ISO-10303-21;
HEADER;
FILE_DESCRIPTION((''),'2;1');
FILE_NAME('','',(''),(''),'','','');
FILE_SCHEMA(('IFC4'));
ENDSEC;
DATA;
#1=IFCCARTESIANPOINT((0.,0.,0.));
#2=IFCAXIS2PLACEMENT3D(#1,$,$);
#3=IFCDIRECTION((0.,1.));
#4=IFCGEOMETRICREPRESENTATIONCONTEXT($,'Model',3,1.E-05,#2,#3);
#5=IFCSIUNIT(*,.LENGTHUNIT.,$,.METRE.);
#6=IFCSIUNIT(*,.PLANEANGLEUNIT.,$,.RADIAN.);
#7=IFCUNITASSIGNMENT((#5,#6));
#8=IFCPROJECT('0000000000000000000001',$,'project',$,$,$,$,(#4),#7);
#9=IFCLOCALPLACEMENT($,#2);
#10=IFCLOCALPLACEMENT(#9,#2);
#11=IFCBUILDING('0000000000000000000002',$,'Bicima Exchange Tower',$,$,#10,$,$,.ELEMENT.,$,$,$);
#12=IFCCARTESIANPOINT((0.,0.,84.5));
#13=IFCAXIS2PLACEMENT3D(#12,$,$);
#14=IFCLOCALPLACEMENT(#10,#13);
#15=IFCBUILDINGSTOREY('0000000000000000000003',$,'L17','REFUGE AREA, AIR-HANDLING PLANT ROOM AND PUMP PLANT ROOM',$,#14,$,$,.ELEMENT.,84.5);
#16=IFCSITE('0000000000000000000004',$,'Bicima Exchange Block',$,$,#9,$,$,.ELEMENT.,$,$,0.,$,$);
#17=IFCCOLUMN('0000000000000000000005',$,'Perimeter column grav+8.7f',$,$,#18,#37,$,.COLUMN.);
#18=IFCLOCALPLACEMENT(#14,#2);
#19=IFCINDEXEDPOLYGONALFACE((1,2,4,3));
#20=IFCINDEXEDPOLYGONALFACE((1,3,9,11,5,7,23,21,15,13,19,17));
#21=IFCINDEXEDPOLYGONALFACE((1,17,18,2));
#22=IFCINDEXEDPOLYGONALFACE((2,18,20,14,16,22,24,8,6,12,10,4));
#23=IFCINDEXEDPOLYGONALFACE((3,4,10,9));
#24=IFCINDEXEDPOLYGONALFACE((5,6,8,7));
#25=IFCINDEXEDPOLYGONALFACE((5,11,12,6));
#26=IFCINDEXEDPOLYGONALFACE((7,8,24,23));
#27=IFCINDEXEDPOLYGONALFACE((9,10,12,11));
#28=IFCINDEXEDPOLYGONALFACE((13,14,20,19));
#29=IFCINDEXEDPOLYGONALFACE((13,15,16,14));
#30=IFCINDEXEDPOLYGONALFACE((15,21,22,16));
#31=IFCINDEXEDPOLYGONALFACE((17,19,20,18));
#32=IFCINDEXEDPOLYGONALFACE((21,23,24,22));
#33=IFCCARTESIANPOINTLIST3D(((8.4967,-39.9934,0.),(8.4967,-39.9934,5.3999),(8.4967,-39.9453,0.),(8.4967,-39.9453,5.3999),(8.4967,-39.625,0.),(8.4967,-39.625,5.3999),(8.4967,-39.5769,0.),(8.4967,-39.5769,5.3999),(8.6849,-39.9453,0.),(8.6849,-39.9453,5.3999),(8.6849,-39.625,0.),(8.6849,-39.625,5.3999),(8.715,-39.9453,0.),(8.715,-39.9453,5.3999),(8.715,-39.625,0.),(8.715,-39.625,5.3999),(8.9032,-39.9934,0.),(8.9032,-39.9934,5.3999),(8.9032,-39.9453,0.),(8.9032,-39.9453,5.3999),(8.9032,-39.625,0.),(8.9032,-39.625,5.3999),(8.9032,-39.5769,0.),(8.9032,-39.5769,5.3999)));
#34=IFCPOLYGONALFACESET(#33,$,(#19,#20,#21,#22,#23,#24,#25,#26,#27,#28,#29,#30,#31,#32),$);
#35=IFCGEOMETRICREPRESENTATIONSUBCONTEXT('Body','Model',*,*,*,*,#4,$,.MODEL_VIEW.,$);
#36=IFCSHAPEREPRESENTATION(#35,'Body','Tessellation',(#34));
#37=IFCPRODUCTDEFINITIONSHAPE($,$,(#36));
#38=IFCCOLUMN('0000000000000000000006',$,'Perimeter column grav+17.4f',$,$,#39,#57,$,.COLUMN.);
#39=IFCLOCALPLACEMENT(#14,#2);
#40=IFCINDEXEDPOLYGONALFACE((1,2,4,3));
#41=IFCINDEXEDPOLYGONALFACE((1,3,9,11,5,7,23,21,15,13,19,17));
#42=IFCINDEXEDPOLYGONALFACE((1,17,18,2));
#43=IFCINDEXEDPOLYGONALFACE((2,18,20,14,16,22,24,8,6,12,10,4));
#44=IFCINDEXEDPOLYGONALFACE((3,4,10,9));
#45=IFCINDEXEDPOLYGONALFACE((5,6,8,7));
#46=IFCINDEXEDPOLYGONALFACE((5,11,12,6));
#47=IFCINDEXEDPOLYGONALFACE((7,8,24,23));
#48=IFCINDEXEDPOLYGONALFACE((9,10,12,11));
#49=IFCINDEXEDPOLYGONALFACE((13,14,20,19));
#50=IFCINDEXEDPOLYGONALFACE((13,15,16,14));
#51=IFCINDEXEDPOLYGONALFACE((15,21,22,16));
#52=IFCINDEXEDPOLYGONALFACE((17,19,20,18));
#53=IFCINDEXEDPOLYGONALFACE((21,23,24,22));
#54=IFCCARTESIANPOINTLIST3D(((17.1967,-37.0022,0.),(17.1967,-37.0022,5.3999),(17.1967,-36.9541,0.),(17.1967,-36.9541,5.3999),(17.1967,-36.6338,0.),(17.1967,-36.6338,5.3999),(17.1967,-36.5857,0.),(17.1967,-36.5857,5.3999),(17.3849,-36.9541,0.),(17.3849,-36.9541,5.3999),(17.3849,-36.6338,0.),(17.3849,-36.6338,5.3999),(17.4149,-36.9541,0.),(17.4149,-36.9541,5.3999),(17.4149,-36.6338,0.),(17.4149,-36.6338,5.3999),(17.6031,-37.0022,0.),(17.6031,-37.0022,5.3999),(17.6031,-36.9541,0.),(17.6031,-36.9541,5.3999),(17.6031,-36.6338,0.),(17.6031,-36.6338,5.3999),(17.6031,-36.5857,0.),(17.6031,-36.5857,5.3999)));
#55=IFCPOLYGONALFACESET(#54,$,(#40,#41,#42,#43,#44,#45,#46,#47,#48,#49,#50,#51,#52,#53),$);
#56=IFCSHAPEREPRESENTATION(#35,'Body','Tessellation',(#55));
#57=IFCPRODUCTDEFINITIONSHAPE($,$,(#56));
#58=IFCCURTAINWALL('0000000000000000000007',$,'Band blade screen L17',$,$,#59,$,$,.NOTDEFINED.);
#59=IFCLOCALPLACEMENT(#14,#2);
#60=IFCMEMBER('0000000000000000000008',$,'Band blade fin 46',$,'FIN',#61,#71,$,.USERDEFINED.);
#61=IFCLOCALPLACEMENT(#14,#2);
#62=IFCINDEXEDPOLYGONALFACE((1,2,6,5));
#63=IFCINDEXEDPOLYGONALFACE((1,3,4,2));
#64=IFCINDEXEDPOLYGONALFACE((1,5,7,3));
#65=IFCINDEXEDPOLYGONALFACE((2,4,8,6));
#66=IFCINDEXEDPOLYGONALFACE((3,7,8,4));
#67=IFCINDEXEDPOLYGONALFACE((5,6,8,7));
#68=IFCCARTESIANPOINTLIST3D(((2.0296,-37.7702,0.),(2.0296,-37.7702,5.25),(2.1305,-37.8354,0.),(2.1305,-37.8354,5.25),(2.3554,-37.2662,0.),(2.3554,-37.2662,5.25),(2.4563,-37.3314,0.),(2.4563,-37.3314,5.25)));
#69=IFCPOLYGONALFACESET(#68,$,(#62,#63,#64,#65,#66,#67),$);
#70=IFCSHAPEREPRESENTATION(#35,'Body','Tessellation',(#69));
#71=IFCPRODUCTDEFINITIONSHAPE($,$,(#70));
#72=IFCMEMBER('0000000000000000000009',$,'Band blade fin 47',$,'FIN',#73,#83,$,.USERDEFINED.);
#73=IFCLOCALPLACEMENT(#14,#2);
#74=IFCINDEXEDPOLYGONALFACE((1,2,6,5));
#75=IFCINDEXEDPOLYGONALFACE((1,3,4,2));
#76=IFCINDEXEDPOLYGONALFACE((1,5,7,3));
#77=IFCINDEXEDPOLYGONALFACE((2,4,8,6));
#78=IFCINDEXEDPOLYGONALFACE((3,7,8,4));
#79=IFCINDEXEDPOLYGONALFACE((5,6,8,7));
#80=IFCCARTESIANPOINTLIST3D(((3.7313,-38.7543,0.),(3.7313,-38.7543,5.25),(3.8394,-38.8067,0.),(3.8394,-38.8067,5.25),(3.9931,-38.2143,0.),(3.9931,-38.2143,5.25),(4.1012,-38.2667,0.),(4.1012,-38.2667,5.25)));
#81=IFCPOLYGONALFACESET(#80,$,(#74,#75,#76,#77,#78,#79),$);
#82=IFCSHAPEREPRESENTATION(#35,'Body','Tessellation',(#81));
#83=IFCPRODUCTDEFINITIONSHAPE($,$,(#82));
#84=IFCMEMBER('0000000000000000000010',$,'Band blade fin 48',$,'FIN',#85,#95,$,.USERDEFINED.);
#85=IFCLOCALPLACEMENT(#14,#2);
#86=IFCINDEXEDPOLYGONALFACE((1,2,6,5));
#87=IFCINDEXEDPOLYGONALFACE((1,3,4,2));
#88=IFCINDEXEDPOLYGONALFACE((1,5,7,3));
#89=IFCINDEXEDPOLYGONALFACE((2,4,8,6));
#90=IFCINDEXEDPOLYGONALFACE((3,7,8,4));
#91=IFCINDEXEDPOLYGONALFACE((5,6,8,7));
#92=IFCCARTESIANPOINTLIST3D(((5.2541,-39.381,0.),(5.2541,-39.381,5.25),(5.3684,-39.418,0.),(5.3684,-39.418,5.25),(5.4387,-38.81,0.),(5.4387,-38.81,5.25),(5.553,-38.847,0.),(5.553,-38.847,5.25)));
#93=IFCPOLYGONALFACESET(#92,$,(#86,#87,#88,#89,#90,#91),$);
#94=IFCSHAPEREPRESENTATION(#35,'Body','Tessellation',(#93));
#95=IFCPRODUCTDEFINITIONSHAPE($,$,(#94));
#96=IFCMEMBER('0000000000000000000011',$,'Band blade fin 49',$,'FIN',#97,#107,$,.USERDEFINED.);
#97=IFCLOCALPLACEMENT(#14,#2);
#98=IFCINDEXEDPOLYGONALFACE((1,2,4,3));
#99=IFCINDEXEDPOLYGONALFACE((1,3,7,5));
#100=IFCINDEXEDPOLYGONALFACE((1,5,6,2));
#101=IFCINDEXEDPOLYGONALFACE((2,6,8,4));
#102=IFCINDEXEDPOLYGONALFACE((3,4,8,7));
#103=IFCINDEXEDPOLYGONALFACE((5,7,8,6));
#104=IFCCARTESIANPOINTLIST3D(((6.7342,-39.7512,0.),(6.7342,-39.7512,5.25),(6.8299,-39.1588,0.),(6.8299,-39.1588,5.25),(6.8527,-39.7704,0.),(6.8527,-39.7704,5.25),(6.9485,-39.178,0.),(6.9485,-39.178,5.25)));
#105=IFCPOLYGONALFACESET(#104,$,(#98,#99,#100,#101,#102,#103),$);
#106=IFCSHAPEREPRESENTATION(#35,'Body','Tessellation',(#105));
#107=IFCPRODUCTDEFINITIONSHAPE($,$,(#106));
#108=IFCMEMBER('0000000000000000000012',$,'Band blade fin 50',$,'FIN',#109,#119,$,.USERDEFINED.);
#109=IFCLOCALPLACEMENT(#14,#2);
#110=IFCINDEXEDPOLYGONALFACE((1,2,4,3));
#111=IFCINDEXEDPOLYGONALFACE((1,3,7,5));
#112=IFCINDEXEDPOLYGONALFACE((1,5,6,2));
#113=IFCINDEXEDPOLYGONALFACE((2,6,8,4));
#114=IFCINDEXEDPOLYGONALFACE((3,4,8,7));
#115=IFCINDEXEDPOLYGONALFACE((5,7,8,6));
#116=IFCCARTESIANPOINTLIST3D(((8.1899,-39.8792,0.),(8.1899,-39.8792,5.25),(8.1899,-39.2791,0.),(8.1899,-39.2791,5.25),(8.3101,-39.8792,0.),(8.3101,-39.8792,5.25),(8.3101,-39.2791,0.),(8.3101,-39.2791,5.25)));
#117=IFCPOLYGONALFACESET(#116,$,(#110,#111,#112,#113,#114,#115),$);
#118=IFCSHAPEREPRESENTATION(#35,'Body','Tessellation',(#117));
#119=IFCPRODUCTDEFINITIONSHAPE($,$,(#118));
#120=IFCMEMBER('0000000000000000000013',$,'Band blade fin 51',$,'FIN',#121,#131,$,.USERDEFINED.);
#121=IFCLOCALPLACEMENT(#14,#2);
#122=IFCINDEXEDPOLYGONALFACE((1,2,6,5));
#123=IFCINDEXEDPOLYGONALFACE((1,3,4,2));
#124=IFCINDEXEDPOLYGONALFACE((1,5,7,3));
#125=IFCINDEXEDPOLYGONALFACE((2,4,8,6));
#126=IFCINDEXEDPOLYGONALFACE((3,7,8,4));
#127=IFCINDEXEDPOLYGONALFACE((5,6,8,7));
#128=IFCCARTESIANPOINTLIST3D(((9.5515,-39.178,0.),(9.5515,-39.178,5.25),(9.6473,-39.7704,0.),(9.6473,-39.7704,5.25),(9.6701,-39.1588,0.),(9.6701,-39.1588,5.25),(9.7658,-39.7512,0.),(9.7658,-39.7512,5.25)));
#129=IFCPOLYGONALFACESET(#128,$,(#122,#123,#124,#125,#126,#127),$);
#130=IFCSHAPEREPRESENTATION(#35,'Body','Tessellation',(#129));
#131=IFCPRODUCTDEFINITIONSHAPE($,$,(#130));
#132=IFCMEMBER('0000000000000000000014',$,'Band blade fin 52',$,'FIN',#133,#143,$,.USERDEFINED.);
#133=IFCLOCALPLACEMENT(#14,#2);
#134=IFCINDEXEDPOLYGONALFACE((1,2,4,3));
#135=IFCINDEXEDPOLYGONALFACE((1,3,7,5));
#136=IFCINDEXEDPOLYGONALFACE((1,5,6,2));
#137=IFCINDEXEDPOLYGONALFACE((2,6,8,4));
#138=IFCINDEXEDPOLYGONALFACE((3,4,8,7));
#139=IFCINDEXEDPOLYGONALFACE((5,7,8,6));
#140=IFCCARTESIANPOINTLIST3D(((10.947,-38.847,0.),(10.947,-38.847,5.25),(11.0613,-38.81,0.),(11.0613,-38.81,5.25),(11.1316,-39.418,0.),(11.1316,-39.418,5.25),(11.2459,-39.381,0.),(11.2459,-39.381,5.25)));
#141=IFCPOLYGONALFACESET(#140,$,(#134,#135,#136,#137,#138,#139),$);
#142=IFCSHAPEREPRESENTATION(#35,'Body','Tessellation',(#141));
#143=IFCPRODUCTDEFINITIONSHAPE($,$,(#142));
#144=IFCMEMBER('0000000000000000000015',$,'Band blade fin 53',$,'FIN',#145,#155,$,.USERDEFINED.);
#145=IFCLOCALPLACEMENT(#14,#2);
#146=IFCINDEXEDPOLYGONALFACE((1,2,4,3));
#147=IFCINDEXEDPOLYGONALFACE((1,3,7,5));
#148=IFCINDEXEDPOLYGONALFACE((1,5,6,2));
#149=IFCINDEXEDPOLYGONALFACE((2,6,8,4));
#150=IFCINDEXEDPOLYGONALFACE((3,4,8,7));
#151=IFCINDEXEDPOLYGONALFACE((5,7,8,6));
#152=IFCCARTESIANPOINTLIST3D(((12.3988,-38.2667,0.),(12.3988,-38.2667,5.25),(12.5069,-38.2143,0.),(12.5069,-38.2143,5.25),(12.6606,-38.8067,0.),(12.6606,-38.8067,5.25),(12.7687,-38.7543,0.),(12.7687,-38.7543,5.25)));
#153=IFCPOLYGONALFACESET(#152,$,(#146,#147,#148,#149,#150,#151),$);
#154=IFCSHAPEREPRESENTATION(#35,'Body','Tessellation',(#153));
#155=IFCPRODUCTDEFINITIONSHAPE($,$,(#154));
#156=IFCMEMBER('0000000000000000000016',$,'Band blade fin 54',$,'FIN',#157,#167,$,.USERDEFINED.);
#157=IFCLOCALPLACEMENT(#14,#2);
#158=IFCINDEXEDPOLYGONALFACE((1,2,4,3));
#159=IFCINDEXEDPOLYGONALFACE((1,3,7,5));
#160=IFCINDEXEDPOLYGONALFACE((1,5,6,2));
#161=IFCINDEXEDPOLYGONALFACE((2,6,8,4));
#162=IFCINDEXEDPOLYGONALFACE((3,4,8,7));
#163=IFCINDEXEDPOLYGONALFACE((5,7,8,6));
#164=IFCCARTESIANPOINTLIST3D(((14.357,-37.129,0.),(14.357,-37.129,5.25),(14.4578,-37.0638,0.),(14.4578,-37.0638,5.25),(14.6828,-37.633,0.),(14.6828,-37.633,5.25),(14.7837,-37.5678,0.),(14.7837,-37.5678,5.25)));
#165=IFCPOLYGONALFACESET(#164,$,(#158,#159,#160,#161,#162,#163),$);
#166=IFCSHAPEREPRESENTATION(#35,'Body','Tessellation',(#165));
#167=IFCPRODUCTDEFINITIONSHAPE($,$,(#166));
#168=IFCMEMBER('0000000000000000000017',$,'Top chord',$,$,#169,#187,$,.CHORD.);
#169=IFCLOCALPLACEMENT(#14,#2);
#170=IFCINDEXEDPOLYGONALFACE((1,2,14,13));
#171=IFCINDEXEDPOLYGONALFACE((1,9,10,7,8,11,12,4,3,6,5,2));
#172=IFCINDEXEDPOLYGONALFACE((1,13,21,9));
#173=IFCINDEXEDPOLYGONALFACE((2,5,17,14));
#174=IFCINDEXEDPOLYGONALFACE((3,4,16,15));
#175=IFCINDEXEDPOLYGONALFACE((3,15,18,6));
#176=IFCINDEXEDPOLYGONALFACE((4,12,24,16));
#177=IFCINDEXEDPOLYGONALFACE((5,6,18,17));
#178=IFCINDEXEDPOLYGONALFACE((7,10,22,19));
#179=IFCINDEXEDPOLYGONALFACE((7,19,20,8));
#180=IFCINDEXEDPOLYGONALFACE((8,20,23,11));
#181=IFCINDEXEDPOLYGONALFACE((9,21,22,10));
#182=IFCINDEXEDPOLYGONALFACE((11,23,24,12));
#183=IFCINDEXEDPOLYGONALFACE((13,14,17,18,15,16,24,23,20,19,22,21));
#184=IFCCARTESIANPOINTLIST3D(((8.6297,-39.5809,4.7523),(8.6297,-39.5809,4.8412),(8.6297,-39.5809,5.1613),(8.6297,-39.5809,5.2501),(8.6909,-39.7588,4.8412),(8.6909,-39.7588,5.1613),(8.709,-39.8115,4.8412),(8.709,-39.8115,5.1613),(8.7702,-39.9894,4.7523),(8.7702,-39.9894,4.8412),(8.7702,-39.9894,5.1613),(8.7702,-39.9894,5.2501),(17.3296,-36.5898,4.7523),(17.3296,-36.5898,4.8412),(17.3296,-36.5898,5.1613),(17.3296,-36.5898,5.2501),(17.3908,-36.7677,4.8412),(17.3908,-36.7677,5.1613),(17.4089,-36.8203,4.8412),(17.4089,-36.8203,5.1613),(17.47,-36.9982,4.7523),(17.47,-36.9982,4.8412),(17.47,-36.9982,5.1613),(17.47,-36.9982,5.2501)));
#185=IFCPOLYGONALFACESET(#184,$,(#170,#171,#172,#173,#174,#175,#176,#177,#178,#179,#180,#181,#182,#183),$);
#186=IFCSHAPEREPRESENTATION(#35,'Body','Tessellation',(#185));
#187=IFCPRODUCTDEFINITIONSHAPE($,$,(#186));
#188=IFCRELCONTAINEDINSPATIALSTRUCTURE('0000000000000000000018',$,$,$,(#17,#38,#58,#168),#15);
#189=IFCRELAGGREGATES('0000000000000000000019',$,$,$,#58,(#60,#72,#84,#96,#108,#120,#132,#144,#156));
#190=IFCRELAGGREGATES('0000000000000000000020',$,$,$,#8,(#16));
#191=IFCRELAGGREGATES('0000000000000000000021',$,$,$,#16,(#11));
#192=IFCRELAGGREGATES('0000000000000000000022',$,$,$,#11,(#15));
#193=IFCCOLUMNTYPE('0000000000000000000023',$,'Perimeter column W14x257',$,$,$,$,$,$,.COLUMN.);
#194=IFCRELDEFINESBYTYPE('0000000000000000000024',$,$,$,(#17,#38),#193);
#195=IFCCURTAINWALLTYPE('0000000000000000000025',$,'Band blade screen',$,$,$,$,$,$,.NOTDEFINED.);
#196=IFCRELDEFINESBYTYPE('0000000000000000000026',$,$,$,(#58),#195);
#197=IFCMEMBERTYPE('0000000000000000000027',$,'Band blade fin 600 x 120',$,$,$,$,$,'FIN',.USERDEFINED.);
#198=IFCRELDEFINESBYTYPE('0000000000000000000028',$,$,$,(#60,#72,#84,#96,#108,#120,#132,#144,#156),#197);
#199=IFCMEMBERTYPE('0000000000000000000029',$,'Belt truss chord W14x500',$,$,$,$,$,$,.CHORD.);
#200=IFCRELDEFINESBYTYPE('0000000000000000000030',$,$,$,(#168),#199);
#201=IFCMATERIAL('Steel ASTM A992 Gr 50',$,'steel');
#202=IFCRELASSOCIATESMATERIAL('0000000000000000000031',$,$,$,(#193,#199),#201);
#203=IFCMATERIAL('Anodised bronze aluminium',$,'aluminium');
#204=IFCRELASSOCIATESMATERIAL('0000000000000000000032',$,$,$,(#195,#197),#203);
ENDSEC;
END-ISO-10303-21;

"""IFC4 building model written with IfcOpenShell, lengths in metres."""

from ifc_helpers import new_model, si_unit, direction, frame, origin, origin_2d, place, context, subcontext, project, spatial, rectangle, i_section, extrude, material, material_profile, profile_set, type_object, element, aggregate, save


model = new_model("IFC4")

# Units and contexts
model_context = context("Model", 3, precision=1e-05, world=origin(), true_north=direction((0.0, 1.0)))
body_context = subcontext(model_context, "Body", "Model", "MODEL_VIEW")
ifc_project = project(units=[si_unit("LENGTHUNIT", "METRE"), si_unit("PLANEANGLEUNIT", "RADIAN")], contexts=[model_context])

# Site, building, storey
site_placement = place(None, origin())
site = spatial("IfcSite", under=ifc_project, at=site_placement, Name="Bicima Exchange Block", CompositionType="ELEMENT", RefElevation=0.0)
building_placement = place(site_placement, origin())
building = spatial("IfcBuilding", under=site, at=building_placement, Name="Bicima Exchange Tower", CompositionType="ELEMENT")
storey_placement = place(building_placement, frame((0.0, 0.0, 84.5)))
storey = spatial("IfcBuildingStorey", under=building, at=storey_placement, Name="L17", Description="REFUGE AREA, AIR-HANDLING PLANT ROOM AND PUMP PLANT ROOM", CompositionType="ELEMENT", Elevation=84.5)

# Columns
ifc_material_1 = material(Name="Steel ASTM A992 Gr 50", Category="steel")
ifc_material_profile_1 = material_profile(ifc_material_1, i_section(OverallWidth=0.4065, OverallDepth=0.4165, WebThickness=0.03, FlangeThickness=0.0481, at=origin_2d()))
ifc_profile_set_1 = profile_set([ifc_material_profile_1], Name="Steel ASTM A992 Gr 50")
column_type = type_object("IfcColumnType", Name="Perimeter column W14x257", PredefinedType="COLUMN", material=ifc_profile_set_1)
for number, where, z_axis, x_axis, name in (
    (1, (8.7, -39.7852, 0.0), (0.0, 0.0, 1.0), (1.0, 0.0, 0.0), "Perimeter column grav+8.7f"),
    (2, (17.3999, -36.7939, 0.0), (0.0, 0.0, 1.0), (1.0, 0.0, 0.0), "Perimeter column grav+17.4f"),
):
    element("IfcColumn", number, at=place(storey_placement, frame(where, z_axis=z_axis, x_axis=x_axis)), inside=storey, type_object=column_type, Name=name, PredefinedType="COLUMN", context=body_context, shape_type="SweptSolid", body=[
        extrude(i_section(OverallWidth=0.4065, OverallDepth=0.4165, WebThickness=0.03, FlangeThickness=0.0481, at=origin_2d()), origin(), (0.0, 0.0, 1.0), 5.3999),
    ])

# Curtain wall, members
ifc_material_2 = material(Name="Anodised bronze aluminium", Category="aluminium")
curtain_wall_type = type_object("IfcCurtainWallType", Name="Band blade screen", PredefinedType="NOTDEFINED", material=ifc_material_2)
curtain_wall_placement = place(storey_placement, origin())
curtain_wall = element("IfcCurtainWall", 3, at=curtain_wall_placement, inside=storey, type_object=curtain_wall_type, Name="Band blade screen L17", PredefinedType="NOTDEFINED")
ifc_material_profile_2 = material_profile(ifc_material_2, rectangle(XDim=0.6001, YDim=0.1201, at=origin_2d()))
ifc_profile_set_2 = profile_set([ifc_material_profile_2], Name="Anodised bronze aluminium")
member_type_1 = type_object("IfcMemberType", Name="Band blade fin 600 x 120", ElementType="FIN", PredefinedType="USERDEFINED", material=ifc_profile_set_2)
member_1_placement = place(storey_placement, frame((2.2429, -37.5508, 0.0), z_axis=(0.0, 0.0, 1.0), x_axis=(0.542909, 0.839791, 0.0)))
member_1 = element("IfcMember", 4, at=member_1_placement, type_object=member_type_1, Name="Band blade fin 46", ObjectType="FIN", PredefinedType="USERDEFINED", context=body_context, shape_type="SweptSolid", body=[
    extrude(rectangle(XDim=0.6001, YDim=0.1201, at=origin_2d()), origin(), (0.0, 0.0, 1.0), 5.25),
])
member_2_placement = place(storey_placement, frame((3.9163, -38.5105, 0.0), z_axis=(0.0, 0.0, 1.0), x_axis=(0.436287, 0.899808, 0.0)))
member_2 = element("IfcMember", 5, at=member_2_placement, type_object=member_type_1, Name="Band blade fin 47", ObjectType="FIN", PredefinedType="USERDEFINED", context=body_context, shape_type="SweptSolid", body=[
    extrude(rectangle(XDim=0.6001, YDim=0.1201, at=origin_2d()), origin(), (0.0, 0.0, 1.0), 5.25),
])
member_3_placement = place(storey_placement, frame((5.4036, -39.114, 0.0), z_axis=(0.0, 0.0, 1.0), x_axis=(0.307553, 0.951531, 0.0)))
member_3 = element("IfcMember", 6, at=member_3_placement, type_object=member_type_1, Name="Band blade fin 48", ObjectType="FIN", PredefinedType="USERDEFINED", context=body_context, shape_type="SweptSolid", body=[
    extrude(rectangle(XDim=0.6001, YDim=0.1201, at=origin_2d()), origin(), (0.0, 0.0, 1.0), 5.25),
])
member_4_placement = place(storey_placement, frame((6.8413, -39.4646, 0.0), z_axis=(0.0, 0.0, 1.0), x_axis=(0.159533, 0.987193, 0.0)))
member_4 = element("IfcMember", 7, at=member_4_placement, type_object=member_type_1, Name="Band blade fin 49", ObjectType="FIN", PredefinedType="USERDEFINED", context=body_context, shape_type="SweptSolid", body=[
    extrude(rectangle(XDim=0.6001, YDim=0.1201, at=origin_2d()), origin(), (0.0, 0.0, 1.0), 5.25),
])
member_5_placement = place(storey_placement, frame((8.25, -39.5791, 0.0), z_axis=(0.0, 0.0, 1.0), x_axis=(0.0, 1.0, 0.0)))
member_5 = element("IfcMember", 8, at=member_5_placement, type_object=member_type_1, Name="Band blade fin 50", ObjectType="FIN", PredefinedType="USERDEFINED", context=body_context, shape_type="SweptSolid", body=[
    extrude(rectangle(XDim=0.6001, YDim=0.1201, at=origin_2d()), origin(), (0.0, 0.0, 1.0), 5.25),
])
member_6_placement = place(storey_placement, frame((9.6587, -39.4646, 0.0), z_axis=(0.0, 0.0, 1.0), x_axis=(-0.159533, 0.987193, 0.0)))
member_6 = element("IfcMember", 9, at=member_6_placement, type_object=member_type_1, Name="Band blade fin 51", ObjectType="FIN", PredefinedType="USERDEFINED", context=body_context, shape_type="SweptSolid", body=[
    extrude(rectangle(XDim=0.6001, YDim=0.1201, at=origin_2d()), origin(), (0.0, 0.0, 1.0), 5.25),
])
member_7_placement = place(storey_placement, frame((11.0964, -39.114, 0.0), z_axis=(0.0, 0.0, 1.0), x_axis=(-0.307553, 0.951531, 0.0)))
member_7 = element("IfcMember", 10, at=member_7_placement, type_object=member_type_1, Name="Band blade fin 52", ObjectType="FIN", PredefinedType="USERDEFINED", context=body_context, shape_type="SweptSolid", body=[
    extrude(rectangle(XDim=0.6001, YDim=0.1201, at=origin_2d()), origin(), (0.0, 0.0, 1.0), 5.25),
])
member_8_placement = place(storey_placement, frame((12.5837, -38.5105, 0.0), z_axis=(0.0, 0.0, 1.0), x_axis=(-0.436287, 0.899808, 0.0)))
member_8 = element("IfcMember", 11, at=member_8_placement, type_object=member_type_1, Name="Band blade fin 53", ObjectType="FIN", PredefinedType="USERDEFINED", context=body_context, shape_type="SweptSolid", body=[
    extrude(rectangle(XDim=0.6001, YDim=0.1201, at=origin_2d()), origin(), (0.0, 0.0, 1.0), 5.25),
])
member_9_placement = place(storey_placement, frame((14.5703, -37.3484, 0.0), z_axis=(0.0, 0.0, 1.0), x_axis=(-0.542917, 0.839787, 0.0)))
member_9 = element("IfcMember", 12, at=member_9_placement, type_object=member_type_1, Name="Band blade fin 54", ObjectType="FIN", PredefinedType="USERDEFINED", context=body_context, shape_type="SweptSolid", body=[
    extrude(rectangle(XDim=0.6001, YDim=0.1201, at=origin_2d()), origin(), (0.0, 0.0, 1.0), 5.25),
])
aggregate(curtain_wall, [member_1, member_2, member_3, member_4, member_5, member_6, member_7, member_8, member_9])

# Member
ifc_material_profile_3 = material_profile(ifc_material_1, i_section(OverallWidth=0.4319, OverallDepth=0.4978, WebThickness=0.0557, FlangeThickness=0.0889, at=origin_2d()))
ifc_profile_set_3 = profile_set([ifc_material_profile_3], Name="Steel ASTM A992 Gr 50")
member_type_2 = type_object("IfcMemberType", Name="Belt truss chord W14x500", PredefinedType="CHORD", material=ifc_profile_set_3)
for number, where, z_axis, x_axis, name in (
    (13, (8.7, -39.7852, 5.0012), (0.945666, 0.325138, 0.0), (-0.325138, 0.945666, 0.0), "Top chord"),
):
    element("IfcMember", number, at=place(storey_placement, frame(where, z_axis=z_axis, x_axis=x_axis)), inside=storey, type_object=member_type_2, Name=name, PredefinedType="CHORD", context=body_context, shape_type="SweptSolid", body=[
        extrude(i_section(OverallWidth=0.4319, OverallDepth=0.4978, WebThickness=0.0557, FlangeThickness=0.0889, at=origin_2d()), origin(), (0.0, 0.0, 1.0), 9.1997),
    ])

save(model, "model.ifc")
